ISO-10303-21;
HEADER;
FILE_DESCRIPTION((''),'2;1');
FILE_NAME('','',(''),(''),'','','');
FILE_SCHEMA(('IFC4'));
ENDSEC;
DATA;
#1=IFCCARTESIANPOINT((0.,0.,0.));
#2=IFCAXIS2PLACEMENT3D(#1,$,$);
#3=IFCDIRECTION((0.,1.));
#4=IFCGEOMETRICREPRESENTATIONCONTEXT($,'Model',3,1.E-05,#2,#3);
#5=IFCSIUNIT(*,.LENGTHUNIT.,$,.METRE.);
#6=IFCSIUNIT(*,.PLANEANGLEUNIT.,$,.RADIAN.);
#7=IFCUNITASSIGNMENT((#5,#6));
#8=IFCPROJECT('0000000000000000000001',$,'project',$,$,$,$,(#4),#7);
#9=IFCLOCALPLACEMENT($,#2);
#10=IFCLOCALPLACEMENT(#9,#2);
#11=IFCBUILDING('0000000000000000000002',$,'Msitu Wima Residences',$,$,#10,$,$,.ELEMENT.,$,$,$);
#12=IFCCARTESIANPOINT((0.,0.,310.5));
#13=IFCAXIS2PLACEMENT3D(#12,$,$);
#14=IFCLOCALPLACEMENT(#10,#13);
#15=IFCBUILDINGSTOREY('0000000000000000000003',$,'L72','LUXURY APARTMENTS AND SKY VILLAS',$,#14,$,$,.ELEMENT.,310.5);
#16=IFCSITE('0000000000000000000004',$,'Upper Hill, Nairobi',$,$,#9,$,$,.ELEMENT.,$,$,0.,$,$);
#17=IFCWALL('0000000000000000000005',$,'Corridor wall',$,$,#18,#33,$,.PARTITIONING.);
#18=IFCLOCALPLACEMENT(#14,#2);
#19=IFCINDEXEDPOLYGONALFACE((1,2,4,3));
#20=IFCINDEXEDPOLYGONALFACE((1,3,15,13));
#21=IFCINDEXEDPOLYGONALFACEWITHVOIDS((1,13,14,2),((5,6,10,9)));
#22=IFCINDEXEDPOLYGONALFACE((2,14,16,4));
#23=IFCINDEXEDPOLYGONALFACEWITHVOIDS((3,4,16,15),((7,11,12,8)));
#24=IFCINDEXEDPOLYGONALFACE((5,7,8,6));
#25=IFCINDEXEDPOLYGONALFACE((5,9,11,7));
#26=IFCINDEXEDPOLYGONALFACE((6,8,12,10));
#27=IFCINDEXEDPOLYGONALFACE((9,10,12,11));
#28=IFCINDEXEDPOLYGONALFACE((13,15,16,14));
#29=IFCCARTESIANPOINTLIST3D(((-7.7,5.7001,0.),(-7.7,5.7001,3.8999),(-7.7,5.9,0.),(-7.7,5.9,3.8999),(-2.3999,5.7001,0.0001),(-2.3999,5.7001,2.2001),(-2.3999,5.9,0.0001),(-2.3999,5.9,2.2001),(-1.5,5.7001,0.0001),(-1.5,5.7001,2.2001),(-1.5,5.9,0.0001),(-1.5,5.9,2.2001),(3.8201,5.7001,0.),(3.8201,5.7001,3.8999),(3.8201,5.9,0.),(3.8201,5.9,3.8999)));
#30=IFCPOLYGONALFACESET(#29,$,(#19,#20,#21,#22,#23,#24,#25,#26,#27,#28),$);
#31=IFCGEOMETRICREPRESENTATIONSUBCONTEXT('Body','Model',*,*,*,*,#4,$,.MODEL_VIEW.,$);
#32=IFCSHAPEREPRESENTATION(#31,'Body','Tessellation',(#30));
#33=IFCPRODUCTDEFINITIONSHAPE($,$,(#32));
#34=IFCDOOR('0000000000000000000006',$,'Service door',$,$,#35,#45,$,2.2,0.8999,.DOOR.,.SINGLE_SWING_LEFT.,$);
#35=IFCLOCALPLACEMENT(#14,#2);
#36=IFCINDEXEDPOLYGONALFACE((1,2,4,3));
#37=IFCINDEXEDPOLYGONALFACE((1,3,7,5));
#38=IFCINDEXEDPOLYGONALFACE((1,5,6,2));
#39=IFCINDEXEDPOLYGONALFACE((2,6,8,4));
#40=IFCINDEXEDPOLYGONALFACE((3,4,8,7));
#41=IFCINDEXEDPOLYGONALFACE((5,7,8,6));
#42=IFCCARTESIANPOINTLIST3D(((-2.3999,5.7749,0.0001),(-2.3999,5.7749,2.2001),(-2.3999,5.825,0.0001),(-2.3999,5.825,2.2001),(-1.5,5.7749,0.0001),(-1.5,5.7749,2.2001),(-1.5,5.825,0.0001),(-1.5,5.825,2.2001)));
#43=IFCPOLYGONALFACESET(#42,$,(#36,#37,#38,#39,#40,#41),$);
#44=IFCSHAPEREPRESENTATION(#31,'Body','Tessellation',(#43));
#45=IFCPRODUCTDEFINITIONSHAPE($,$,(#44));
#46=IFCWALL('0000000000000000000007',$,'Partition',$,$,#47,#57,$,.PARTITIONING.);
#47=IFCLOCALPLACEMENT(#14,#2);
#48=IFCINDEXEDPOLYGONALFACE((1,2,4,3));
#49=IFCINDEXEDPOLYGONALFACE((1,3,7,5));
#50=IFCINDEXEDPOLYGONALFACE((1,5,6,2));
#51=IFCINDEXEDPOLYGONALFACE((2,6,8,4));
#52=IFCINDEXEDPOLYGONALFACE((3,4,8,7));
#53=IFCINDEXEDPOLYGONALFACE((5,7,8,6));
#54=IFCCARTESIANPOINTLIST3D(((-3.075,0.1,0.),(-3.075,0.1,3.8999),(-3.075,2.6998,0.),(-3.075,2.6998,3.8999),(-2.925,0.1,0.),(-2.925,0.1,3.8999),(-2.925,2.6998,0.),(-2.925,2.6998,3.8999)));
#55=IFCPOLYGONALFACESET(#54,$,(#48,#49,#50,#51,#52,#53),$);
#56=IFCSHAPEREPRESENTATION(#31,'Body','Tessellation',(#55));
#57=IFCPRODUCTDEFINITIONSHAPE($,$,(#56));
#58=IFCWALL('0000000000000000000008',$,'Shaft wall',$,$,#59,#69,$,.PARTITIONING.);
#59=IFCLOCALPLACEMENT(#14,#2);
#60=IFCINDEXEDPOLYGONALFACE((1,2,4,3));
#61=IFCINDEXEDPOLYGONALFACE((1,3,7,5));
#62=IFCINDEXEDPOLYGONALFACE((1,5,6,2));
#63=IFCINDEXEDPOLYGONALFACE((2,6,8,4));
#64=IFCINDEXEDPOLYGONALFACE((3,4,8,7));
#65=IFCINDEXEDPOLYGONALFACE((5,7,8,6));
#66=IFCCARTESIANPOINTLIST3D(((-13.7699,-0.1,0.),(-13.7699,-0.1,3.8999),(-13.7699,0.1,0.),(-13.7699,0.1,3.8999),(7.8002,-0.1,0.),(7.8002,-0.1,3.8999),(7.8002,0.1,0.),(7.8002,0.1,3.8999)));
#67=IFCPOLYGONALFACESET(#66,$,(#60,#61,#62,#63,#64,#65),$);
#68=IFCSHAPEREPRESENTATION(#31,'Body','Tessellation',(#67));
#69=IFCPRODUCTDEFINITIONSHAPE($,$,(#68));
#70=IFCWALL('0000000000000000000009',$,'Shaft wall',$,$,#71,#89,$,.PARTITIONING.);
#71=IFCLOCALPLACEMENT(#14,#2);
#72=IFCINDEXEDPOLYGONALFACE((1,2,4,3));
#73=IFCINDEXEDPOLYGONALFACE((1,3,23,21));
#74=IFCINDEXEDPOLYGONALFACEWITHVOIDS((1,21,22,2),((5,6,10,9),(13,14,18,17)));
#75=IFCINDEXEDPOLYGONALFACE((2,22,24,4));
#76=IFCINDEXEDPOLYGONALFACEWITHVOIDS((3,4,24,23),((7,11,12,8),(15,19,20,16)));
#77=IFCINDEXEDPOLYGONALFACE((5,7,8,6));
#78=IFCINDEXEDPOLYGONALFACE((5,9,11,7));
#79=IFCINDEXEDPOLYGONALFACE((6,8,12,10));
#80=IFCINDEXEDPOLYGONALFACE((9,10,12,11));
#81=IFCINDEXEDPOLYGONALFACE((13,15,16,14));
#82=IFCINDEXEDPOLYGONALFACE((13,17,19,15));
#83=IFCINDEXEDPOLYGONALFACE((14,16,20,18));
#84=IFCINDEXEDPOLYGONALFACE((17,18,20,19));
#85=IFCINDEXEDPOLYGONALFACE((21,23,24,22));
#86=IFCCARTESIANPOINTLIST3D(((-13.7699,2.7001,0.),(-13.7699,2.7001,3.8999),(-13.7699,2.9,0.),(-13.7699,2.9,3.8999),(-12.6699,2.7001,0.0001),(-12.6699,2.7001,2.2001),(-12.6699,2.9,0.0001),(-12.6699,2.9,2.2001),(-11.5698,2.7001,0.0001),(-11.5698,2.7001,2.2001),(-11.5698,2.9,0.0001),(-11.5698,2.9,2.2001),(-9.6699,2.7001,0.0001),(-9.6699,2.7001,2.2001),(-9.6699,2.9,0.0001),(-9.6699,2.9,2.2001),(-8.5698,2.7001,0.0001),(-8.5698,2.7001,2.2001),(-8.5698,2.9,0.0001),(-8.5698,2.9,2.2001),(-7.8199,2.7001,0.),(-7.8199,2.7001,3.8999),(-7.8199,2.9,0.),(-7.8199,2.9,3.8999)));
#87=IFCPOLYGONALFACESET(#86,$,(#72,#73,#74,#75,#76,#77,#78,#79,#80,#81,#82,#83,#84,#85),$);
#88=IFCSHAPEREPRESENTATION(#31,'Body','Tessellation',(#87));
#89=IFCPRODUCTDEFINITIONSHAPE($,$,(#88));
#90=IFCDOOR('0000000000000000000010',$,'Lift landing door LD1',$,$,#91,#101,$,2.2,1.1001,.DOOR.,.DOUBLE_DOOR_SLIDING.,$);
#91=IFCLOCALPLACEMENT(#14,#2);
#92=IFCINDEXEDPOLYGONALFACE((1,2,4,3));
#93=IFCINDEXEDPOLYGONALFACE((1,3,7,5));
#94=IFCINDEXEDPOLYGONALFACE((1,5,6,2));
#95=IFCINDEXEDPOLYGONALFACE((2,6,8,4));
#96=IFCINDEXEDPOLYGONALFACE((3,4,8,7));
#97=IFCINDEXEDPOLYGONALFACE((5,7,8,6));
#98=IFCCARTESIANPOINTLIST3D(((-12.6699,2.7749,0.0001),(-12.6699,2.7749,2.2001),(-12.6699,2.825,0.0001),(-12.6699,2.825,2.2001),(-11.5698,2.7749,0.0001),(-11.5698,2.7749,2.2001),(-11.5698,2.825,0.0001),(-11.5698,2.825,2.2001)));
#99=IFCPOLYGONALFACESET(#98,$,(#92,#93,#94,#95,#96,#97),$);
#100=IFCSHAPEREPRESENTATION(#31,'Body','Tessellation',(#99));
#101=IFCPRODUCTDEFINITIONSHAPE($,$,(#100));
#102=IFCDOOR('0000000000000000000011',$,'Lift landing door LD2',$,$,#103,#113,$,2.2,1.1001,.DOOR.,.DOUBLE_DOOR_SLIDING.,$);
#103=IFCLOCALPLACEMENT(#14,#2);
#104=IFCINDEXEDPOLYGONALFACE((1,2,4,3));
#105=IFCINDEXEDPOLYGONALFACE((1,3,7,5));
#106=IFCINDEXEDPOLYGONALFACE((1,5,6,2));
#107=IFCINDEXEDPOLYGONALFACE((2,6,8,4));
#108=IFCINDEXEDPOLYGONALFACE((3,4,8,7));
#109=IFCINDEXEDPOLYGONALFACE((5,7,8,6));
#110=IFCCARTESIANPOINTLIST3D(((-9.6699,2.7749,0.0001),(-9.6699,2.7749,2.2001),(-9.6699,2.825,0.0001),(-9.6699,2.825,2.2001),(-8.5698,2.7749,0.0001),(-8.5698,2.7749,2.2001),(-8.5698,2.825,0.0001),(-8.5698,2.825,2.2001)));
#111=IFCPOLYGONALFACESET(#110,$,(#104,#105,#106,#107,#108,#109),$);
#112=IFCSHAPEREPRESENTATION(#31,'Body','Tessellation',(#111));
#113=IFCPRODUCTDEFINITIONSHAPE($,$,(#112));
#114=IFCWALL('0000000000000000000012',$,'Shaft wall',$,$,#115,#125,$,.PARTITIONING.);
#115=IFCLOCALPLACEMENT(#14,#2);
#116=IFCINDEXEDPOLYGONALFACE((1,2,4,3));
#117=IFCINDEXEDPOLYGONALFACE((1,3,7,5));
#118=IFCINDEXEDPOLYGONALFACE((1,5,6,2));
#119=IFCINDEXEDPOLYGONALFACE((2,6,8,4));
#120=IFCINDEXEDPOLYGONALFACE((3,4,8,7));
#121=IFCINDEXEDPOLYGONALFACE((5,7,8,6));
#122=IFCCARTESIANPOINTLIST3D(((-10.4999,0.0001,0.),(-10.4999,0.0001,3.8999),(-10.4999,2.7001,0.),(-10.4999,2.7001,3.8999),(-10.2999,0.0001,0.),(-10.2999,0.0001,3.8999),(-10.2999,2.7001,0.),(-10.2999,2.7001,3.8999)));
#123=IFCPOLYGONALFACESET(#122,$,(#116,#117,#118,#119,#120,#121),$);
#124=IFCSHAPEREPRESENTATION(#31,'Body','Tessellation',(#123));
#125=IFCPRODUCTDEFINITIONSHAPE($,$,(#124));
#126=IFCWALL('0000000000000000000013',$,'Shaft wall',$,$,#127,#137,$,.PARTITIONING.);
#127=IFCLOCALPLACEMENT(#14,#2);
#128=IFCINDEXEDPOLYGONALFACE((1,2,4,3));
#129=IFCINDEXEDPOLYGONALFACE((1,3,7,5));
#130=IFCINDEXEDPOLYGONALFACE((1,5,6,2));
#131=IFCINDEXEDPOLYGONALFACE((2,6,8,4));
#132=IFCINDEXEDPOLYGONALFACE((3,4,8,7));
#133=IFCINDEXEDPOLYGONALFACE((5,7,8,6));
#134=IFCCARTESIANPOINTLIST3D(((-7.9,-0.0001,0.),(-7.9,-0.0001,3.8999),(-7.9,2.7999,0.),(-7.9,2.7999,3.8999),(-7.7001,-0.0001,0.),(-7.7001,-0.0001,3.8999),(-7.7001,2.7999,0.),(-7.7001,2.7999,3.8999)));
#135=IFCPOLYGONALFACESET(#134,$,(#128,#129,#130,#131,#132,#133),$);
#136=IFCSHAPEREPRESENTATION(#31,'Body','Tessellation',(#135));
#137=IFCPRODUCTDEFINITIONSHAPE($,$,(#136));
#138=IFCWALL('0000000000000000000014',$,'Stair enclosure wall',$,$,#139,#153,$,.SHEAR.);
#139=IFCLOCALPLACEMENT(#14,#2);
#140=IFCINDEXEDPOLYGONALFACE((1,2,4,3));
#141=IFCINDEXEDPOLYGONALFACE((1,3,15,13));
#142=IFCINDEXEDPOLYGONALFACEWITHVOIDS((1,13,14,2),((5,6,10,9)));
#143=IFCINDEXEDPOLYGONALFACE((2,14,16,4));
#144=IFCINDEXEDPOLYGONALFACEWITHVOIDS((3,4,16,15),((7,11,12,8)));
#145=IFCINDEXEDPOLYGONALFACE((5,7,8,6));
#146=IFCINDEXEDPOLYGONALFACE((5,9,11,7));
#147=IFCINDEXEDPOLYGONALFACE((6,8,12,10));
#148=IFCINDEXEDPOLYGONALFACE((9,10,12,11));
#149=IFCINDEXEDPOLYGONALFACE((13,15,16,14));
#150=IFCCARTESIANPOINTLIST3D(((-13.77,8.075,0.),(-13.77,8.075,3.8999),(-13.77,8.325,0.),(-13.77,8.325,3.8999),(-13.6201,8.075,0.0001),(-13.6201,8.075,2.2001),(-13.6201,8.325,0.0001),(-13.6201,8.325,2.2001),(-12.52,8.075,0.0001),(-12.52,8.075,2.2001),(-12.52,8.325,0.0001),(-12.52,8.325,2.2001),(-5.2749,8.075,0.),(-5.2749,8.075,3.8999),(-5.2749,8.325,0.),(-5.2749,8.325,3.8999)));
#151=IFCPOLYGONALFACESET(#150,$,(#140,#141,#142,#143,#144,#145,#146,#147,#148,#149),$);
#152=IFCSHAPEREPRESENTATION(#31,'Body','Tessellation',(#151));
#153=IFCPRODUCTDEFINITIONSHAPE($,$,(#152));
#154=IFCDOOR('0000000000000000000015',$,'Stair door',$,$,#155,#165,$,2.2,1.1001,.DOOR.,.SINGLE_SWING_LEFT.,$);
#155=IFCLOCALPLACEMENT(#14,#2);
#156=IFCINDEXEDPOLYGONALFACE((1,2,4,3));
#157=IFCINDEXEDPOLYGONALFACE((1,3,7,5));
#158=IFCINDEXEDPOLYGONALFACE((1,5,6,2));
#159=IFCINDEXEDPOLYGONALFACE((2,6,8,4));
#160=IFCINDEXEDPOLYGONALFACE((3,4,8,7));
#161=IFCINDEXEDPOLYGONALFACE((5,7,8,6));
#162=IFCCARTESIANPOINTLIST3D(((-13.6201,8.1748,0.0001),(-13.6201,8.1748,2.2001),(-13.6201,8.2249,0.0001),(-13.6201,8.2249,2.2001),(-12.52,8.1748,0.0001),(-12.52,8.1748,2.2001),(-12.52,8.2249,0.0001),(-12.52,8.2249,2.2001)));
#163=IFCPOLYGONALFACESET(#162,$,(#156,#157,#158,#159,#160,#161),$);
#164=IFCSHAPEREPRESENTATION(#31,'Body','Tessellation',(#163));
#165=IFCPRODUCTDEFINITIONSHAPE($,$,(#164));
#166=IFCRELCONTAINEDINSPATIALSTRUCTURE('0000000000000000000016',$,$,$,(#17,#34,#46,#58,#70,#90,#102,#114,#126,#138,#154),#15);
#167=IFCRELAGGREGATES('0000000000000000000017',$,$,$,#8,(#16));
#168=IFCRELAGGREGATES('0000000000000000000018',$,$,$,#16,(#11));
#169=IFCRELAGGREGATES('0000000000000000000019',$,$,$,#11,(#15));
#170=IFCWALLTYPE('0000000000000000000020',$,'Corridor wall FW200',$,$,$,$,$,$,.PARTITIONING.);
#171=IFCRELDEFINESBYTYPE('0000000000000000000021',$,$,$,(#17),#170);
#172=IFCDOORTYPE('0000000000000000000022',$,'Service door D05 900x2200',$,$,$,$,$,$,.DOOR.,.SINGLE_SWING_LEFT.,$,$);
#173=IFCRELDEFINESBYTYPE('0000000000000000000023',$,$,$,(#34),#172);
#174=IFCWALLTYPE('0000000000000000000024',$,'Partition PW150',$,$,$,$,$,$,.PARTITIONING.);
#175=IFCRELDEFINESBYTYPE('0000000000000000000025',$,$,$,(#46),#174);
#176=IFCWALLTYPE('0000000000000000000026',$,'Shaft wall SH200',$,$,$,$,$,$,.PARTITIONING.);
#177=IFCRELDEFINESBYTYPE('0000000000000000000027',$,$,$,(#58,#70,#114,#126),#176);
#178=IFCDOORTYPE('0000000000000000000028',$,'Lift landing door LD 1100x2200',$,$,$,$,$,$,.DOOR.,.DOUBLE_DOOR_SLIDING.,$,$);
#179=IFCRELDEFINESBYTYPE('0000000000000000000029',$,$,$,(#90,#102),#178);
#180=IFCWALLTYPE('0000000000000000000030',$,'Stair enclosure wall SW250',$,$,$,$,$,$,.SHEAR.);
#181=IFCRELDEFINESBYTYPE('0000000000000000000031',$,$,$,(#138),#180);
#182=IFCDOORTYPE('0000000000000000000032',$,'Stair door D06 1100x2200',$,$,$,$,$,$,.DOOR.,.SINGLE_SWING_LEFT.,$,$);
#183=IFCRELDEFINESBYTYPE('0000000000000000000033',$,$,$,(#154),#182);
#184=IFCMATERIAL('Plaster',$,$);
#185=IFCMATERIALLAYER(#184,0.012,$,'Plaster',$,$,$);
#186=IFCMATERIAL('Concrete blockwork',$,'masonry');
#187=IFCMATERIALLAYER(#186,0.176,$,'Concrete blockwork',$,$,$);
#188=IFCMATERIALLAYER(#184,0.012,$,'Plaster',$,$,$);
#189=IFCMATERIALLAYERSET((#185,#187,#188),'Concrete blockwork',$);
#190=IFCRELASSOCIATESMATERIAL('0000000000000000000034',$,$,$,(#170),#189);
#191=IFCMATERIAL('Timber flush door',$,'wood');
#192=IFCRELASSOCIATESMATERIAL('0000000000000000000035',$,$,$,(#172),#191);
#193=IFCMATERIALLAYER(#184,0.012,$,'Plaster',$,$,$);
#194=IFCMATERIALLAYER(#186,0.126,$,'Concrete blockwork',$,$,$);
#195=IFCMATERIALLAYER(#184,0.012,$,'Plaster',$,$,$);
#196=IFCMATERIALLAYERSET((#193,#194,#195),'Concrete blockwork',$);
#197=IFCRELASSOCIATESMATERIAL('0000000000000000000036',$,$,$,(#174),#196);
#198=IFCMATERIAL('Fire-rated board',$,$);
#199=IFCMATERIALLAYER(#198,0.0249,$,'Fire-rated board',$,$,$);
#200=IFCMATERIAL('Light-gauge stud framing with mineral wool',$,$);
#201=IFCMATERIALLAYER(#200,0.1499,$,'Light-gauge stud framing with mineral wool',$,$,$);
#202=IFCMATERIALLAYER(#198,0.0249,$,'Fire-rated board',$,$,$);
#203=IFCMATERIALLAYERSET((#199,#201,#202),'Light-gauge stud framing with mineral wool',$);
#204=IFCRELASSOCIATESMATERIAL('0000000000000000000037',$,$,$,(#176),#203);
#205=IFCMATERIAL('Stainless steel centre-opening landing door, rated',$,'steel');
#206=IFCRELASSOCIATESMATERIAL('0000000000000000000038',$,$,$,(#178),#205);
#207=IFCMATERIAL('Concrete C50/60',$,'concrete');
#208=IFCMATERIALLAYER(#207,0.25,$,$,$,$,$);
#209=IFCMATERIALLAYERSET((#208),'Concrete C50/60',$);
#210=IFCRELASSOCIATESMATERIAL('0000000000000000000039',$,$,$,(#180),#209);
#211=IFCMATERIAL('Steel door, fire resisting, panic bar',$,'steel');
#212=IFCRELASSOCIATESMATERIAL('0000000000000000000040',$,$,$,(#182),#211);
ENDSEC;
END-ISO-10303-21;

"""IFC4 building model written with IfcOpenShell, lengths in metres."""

from ifc_helpers import new_model, si_unit, direction, frame, frame_2d, origin, place, context, subcontext, project, spatial, rectangle, extrude, material, layer, layer_set, type_object, element, fill, save


model = new_model("IFC4")

# Units and contexts
model_context = context("Model", 3, precision=1e-05, world=origin(), true_north=direction((0.0, 1.0)))
body_context = subcontext(model_context, "Body", "Model", "MODEL_VIEW")
ifc_project = project(units=[si_unit("LENGTHUNIT", "METRE"), si_unit("PLANEANGLEUNIT", "RADIAN")], contexts=[model_context])

# Site, building, storey
site_placement = place(None, origin())
site = spatial("IfcSite", under=ifc_project, at=site_placement, Name="Upper Hill, Nairobi", CompositionType="ELEMENT", RefElevation=0.0)
building_placement = place(site_placement, origin())
building = spatial("IfcBuilding", under=site, at=building_placement, Name="Msitu Wima Residences", CompositionType="ELEMENT")
storey_placement = place(building_placement, frame((0.0, 0.0, 310.5)))
storey = spatial("IfcBuildingStorey", under=building, at=storey_placement, Name="L72", Description="LUXURY APARTMENTS AND SKY VILLAS", CompositionType="ELEMENT", Elevation=310.5)

# Shared definitions
ifc_material_1 = material(Name="Plaster")
ifc_layer_1 = layer(ifc_material_1, 0.012, Name="Plaster")
ifc_material_2 = material(Name="Concrete blockwork", Category="masonry")
ifc_layer_2 = layer(ifc_material_2, 0.176, Name="Concrete blockwork")
ifc_layer_3 = layer(ifc_material_1, 0.012, Name="Plaster")
ifc_layer_set_1 = layer_set([ifc_layer_1, ifc_layer_2, ifc_layer_3], Name="Concrete blockwork")
wall_type_1 = type_object("IfcWallType", Name="Corridor wall FW200", PredefinedType="PARTITIONING", material=ifc_layer_set_1)
ifc_material_3 = material(Name="Timber flush door", Category="wood")
door_type_1 = type_object("IfcDoorType", Name="Service door D05 900x2200", OperationType="SINGLE_SWING_LEFT", PredefinedType="DOOR", material=ifc_material_3)

# Wall, opening, door
wall_1_placement = place(storey_placement, frame((-7.7, 5.8, 0.0), z_axis=(0.0, 0.0, 1.0), x_axis=(1.0, 0.0, 0.0)))
wall_1 = element("IfcWall", 1, at=wall_1_placement, inside=storey, type_object=wall_type_1, Name="Corridor wall", PredefinedType="PARTITIONING", context=body_context, shape_type="SweptSolid", body=[
    extrude(rectangle(XDim=11.52, YDim=0.2, at=frame_2d((5.76, 0.0))), origin(), (0.0, 0.0, 1.0), 3.8999),
])
opening_1_placement = place(wall_1_placement, frame((5.3, 0.0, 0.0)))
opening_1 = element("IfcOpeningElement", 2, at=opening_1_placement, cuts=wall_1, PredefinedType="OPENING", context=body_context, shape_type="SweptSolid", body=[
    extrude(rectangle(XDim=0.8999, YDim=2.2, at=frame_2d((0.45, 1.1001))), frame((0.0, 0.1099, 0.0), z_axis=(0.0, -1.0, 0.0), x_axis=(1.0, 0.0, 0.0)), (0.0, 0.0, 1.0), 0.22),
])
door_1_placement = place(opening_1_placement, origin())
door_1 = element("IfcDoor", 3, at=door_1_placement, inside=storey, type_object=door_type_1, Name="Service door", OperationType="SINGLE_SWING_LEFT", OverallHeight=2.2, OverallWidth=0.8999, PredefinedType="DOOR", context=body_context, shape_type="SweptSolid", body=[
    extrude(rectangle(XDim=0.8999, YDim=2.2, at=frame_2d((0.45, 1.1001))), frame((0.0, 0.0249, 0.0), z_axis=(0.0, -1.0, 0.0), x_axis=(1.0, 0.0, 0.0)), (0.0, 0.0, 1.0), 0.05),
])
fill(opening_1, door_1)

# Walls
ifc_layer_4 = layer(ifc_material_1, 0.012, Name="Plaster")
ifc_layer_5 = layer(ifc_material_2, 0.126, Name="Concrete blockwork")
ifc_layer_6 = layer(ifc_material_1, 0.012, Name="Plaster")
ifc_layer_set_2 = layer_set([ifc_layer_4, ifc_layer_5, ifc_layer_6], Name="Concrete blockwork")
wall_type_2 = type_object("IfcWallType", Name="Partition PW150", PredefinedType="PARTITIONING", material=ifc_layer_set_2)
wall_2_placement = place(storey_placement, frame((-3.0, 0.1001, 0.0), z_axis=(0.0, 0.0, 1.0), x_axis=(0.0, 1.0, 0.0)))
element("IfcWall", 4, at=wall_2_placement, inside=storey, type_object=wall_type_2, Name="Partition", PredefinedType="PARTITIONING", context=body_context, shape_type="SweptSolid", body=[
    extrude(rectangle(XDim=2.5999, YDim=0.1499, at=frame_2d((1.2998, 0.0))), origin(), (0.0, 0.0, 1.0), 3.8999),
])
ifc_material_4 = material(Name="Fire-rated board")
ifc_layer_7 = layer(ifc_material_4, 0.0249, Name="Fire-rated board")
ifc_material_5 = material(Name="Light-gauge stud framing with mineral wool")
ifc_layer_8 = layer(ifc_material_5, 0.1499, Name="Light-gauge stud framing with mineral wool")
ifc_layer_9 = layer(ifc_material_4, 0.0249, Name="Fire-rated board")
ifc_layer_set_3 = layer_set([ifc_layer_7, ifc_layer_8, ifc_layer_9], Name="Light-gauge stud framing with mineral wool")
wall_type_3 = type_object("IfcWallType", Name="Shaft wall SH200", PredefinedType="PARTITIONING", material=ifc_layer_set_3)
wall_3_placement = place(storey_placement, frame((-13.77, 0.0, 0.0), z_axis=(0.0, 0.0, 1.0), x_axis=(1.0, 0.0, 0.0)))
element("IfcWall", 5, at=wall_3_placement, inside=storey, type_object=wall_type_3, Name="Shaft wall", PredefinedType="PARTITIONING", context=body_context, shape_type="SweptSolid", body=[
    extrude(rectangle(XDim=21.5701, YDim=0.2, at=frame_2d((10.7852, 0.0))), origin(), (0.0, 0.0, 1.0), 3.8999),
])

# Wall, openings, doors
wall_4_placement = place(storey_placement, frame((-13.77, 2.8, 0.0), z_axis=(0.0, 0.0, 1.0), x_axis=(1.0, 0.0, 0.0)))
wall_4 = element("IfcWall", 6, at=wall_4_placement, inside=storey, type_object=wall_type_3, Name="Shaft wall", PredefinedType="PARTITIONING", context=body_context, shape_type="SweptSolid", body=[
    extrude(rectangle(XDim=5.95, YDim=0.2, at=frame_2d((2.9751, 0.0))), origin(), (0.0, 0.0, 1.0), 3.8999),
])
opening_2_placement = place(wall_4_placement, frame((1.1001, 0.0, 0.0)))
opening_2 = element("IfcOpeningElement", 7, at=opening_2_placement, cuts=wall_4, PredefinedType="OPENING", context=body_context, shape_type="SweptSolid", body=[
    extrude(rectangle(XDim=1.1001, YDim=2.2, at=frame_2d((0.55, 1.1001))), frame((0.0, 0.1099, 0.0), z_axis=(0.0, -1.0, 0.0), x_axis=(1.0, 0.0, 0.0)), (0.0, 0.0, 1.0), 0.22),
])
opening_3_placement = place(wall_4_placement, frame((4.1001, 0.0, 0.0)))
opening_3 = element("IfcOpeningElement", 8, at=opening_3_placement, cuts=wall_4, PredefinedType="OPENING", context=body_context, shape_type="SweptSolid", body=[
    extrude(rectangle(XDim=1.1001, YDim=2.2, at=frame_2d((0.55, 1.1001))), frame((0.0, 0.1099, 0.0), z_axis=(0.0, -1.0, 0.0), x_axis=(1.0, 0.0, 0.0)), (0.0, 0.0, 1.0), 0.22),
])
ifc_material_6 = material(Name="Stainless steel centre-opening landing door, rated", Category="steel")
door_type_2 = type_object("IfcDoorType", Name="Lift landing door LD 1100x2200", OperationType="DOUBLE_DOOR_SLIDING", PredefinedType="DOOR", material=ifc_material_6)
door_2_placement = place(opening_2_placement, origin())
door_2 = element("IfcDoor", 9, at=door_2_placement, inside=storey, type_object=door_type_2, Name="Lift landing door LD1", OperationType="DOUBLE_DOOR_SLIDING", OverallHeight=2.2, OverallWidth=1.1001, PredefinedType="DOOR", context=body_context, shape_type="SweptSolid", body=[
    extrude(rectangle(XDim=1.1001, YDim=2.2, at=frame_2d((0.55, 1.1001))), frame((0.0, 0.0249, 0.0), z_axis=(0.0, -1.0, 0.0), x_axis=(1.0, 0.0, 0.0)), (0.0, 0.0, 1.0), 0.05),
])
fill(opening_2, door_2)
door_3_placement = place(opening_3_placement, origin())
door_3 = element("IfcDoor", 10, at=door_3_placement, inside=storey, type_object=door_type_2, Name="Lift landing door LD2", OperationType="DOUBLE_DOOR_SLIDING", OverallHeight=2.2, OverallWidth=1.1001, PredefinedType="DOOR", context=body_context, shape_type="SweptSolid", body=[
    extrude(rectangle(XDim=1.1001, YDim=2.2, at=frame_2d((0.55, 1.1001))), frame((0.0, 0.0249, 0.0), z_axis=(0.0, -1.0, 0.0), x_axis=(1.0, 0.0, 0.0)), (0.0, 0.0, 1.0), 0.05),
])
fill(opening_3, door_3)

# Walls
wall_5_placement = place(storey_placement, frame((-10.3999, 0.0, 0.0), z_axis=(0.0, 0.0, 1.0), x_axis=(0.0, 1.0, 0.0)))
element("IfcWall", 11, at=wall_5_placement, inside=storey, type_object=wall_type_3, Name="Shaft wall", PredefinedType="PARTITIONING", context=body_context, shape_type="SweptSolid", body=[
    extrude(rectangle(XDim=2.7, YDim=0.2, at=frame_2d((1.3501, 0.0))), origin(), (0.0, 0.0, 1.0), 3.8999),
])
wall_6_placement = place(storey_placement, frame((-7.8, 0.0, 0.0), z_axis=(0.0, 0.0, 1.0), x_axis=(0.0, 1.0, 0.0)))
element("IfcWall", 12, at=wall_6_placement, inside=storey, type_object=wall_type_3, Name="Shaft wall", PredefinedType="PARTITIONING", context=body_context, shape_type="SweptSolid", body=[
    extrude(rectangle(XDim=2.8, YDim=0.2, at=frame_2d((1.3999, 0.0))), origin(), (0.0, 0.0, 1.0), 3.8999),
])

# Wall, opening, door
ifc_material_7 = material(Name="Concrete C50/60", Category="concrete")
ifc_layer_10 = layer(ifc_material_7, 0.25)
ifc_layer_set_4 = layer_set([ifc_layer_10], Name="Concrete C50/60")
wall_type_4 = type_object("IfcWallType", Name="Stair enclosure wall SW250", PredefinedType="SHEAR", material=ifc_layer_set_4)
wall_7_placement = place(storey_placement, frame((-13.77, 8.2, 0.0), z_axis=(0.0, 0.0, 1.0), x_axis=(1.0, 0.0, 0.0)))
wall_7 = element("IfcWall", 13, at=wall_7_placement, inside=storey, type_object=wall_type_4, Name="Stair enclosure wall", PredefinedType="SHEAR", context=body_context, shape_type="SweptSolid", body=[
    extrude(rectangle(XDim=8.4951, YDim=0.25, at=frame_2d((4.2476, 0.0))), origin(), (0.0, 0.0, 1.0), 3.8999),
])
opening_4_placement = place(wall_7_placement, frame((0.1499, 0.0, 0.0)))
opening_4 = element("IfcOpeningElement", 14, at=opening_4_placement, cuts=wall_7, PredefinedType="OPENING", context=body_context, shape_type="SweptSolid", body=[
    extrude(rectangle(XDim=1.1001, YDim=2.2, at=frame_2d((0.55, 1.1001))), frame((0.0, 0.135, 0.0), z_axis=(0.0, -1.0, 0.0), x_axis=(1.0, 0.0, 0.0)), (0.0, 0.0, 1.0), 0.27),
])
ifc_material_8 = material(Name="Steel door, fire resisting, panic bar", Category="steel")
door_type_3 = type_object("IfcDoorType", Name="Stair door D06 1100x2200", OperationType="SINGLE_SWING_LEFT", PredefinedType="DOOR", material=ifc_material_8)
door_4_placement = place(opening_4_placement, origin())
door_4 = element("IfcDoor", 15, at=door_4_placement, inside=storey, type_object=door_type_3, Name="Stair door", OperationType="SINGLE_SWING_LEFT", OverallHeight=2.2, OverallWidth=1.1001, PredefinedType="DOOR", context=body_context, shape_type="SweptSolid", body=[
    extrude(rectangle(XDim=1.1001, YDim=2.2, at=frame_2d((0.55, 1.1001))), frame((0.0, 0.0249, 0.0), z_axis=(0.0, -1.0, 0.0), x_axis=(1.0, 0.0, 0.0)), (0.0, 0.0, 1.0), 0.05),
])
fill(opening_4, door_4)

save(model, "model.ifc")
